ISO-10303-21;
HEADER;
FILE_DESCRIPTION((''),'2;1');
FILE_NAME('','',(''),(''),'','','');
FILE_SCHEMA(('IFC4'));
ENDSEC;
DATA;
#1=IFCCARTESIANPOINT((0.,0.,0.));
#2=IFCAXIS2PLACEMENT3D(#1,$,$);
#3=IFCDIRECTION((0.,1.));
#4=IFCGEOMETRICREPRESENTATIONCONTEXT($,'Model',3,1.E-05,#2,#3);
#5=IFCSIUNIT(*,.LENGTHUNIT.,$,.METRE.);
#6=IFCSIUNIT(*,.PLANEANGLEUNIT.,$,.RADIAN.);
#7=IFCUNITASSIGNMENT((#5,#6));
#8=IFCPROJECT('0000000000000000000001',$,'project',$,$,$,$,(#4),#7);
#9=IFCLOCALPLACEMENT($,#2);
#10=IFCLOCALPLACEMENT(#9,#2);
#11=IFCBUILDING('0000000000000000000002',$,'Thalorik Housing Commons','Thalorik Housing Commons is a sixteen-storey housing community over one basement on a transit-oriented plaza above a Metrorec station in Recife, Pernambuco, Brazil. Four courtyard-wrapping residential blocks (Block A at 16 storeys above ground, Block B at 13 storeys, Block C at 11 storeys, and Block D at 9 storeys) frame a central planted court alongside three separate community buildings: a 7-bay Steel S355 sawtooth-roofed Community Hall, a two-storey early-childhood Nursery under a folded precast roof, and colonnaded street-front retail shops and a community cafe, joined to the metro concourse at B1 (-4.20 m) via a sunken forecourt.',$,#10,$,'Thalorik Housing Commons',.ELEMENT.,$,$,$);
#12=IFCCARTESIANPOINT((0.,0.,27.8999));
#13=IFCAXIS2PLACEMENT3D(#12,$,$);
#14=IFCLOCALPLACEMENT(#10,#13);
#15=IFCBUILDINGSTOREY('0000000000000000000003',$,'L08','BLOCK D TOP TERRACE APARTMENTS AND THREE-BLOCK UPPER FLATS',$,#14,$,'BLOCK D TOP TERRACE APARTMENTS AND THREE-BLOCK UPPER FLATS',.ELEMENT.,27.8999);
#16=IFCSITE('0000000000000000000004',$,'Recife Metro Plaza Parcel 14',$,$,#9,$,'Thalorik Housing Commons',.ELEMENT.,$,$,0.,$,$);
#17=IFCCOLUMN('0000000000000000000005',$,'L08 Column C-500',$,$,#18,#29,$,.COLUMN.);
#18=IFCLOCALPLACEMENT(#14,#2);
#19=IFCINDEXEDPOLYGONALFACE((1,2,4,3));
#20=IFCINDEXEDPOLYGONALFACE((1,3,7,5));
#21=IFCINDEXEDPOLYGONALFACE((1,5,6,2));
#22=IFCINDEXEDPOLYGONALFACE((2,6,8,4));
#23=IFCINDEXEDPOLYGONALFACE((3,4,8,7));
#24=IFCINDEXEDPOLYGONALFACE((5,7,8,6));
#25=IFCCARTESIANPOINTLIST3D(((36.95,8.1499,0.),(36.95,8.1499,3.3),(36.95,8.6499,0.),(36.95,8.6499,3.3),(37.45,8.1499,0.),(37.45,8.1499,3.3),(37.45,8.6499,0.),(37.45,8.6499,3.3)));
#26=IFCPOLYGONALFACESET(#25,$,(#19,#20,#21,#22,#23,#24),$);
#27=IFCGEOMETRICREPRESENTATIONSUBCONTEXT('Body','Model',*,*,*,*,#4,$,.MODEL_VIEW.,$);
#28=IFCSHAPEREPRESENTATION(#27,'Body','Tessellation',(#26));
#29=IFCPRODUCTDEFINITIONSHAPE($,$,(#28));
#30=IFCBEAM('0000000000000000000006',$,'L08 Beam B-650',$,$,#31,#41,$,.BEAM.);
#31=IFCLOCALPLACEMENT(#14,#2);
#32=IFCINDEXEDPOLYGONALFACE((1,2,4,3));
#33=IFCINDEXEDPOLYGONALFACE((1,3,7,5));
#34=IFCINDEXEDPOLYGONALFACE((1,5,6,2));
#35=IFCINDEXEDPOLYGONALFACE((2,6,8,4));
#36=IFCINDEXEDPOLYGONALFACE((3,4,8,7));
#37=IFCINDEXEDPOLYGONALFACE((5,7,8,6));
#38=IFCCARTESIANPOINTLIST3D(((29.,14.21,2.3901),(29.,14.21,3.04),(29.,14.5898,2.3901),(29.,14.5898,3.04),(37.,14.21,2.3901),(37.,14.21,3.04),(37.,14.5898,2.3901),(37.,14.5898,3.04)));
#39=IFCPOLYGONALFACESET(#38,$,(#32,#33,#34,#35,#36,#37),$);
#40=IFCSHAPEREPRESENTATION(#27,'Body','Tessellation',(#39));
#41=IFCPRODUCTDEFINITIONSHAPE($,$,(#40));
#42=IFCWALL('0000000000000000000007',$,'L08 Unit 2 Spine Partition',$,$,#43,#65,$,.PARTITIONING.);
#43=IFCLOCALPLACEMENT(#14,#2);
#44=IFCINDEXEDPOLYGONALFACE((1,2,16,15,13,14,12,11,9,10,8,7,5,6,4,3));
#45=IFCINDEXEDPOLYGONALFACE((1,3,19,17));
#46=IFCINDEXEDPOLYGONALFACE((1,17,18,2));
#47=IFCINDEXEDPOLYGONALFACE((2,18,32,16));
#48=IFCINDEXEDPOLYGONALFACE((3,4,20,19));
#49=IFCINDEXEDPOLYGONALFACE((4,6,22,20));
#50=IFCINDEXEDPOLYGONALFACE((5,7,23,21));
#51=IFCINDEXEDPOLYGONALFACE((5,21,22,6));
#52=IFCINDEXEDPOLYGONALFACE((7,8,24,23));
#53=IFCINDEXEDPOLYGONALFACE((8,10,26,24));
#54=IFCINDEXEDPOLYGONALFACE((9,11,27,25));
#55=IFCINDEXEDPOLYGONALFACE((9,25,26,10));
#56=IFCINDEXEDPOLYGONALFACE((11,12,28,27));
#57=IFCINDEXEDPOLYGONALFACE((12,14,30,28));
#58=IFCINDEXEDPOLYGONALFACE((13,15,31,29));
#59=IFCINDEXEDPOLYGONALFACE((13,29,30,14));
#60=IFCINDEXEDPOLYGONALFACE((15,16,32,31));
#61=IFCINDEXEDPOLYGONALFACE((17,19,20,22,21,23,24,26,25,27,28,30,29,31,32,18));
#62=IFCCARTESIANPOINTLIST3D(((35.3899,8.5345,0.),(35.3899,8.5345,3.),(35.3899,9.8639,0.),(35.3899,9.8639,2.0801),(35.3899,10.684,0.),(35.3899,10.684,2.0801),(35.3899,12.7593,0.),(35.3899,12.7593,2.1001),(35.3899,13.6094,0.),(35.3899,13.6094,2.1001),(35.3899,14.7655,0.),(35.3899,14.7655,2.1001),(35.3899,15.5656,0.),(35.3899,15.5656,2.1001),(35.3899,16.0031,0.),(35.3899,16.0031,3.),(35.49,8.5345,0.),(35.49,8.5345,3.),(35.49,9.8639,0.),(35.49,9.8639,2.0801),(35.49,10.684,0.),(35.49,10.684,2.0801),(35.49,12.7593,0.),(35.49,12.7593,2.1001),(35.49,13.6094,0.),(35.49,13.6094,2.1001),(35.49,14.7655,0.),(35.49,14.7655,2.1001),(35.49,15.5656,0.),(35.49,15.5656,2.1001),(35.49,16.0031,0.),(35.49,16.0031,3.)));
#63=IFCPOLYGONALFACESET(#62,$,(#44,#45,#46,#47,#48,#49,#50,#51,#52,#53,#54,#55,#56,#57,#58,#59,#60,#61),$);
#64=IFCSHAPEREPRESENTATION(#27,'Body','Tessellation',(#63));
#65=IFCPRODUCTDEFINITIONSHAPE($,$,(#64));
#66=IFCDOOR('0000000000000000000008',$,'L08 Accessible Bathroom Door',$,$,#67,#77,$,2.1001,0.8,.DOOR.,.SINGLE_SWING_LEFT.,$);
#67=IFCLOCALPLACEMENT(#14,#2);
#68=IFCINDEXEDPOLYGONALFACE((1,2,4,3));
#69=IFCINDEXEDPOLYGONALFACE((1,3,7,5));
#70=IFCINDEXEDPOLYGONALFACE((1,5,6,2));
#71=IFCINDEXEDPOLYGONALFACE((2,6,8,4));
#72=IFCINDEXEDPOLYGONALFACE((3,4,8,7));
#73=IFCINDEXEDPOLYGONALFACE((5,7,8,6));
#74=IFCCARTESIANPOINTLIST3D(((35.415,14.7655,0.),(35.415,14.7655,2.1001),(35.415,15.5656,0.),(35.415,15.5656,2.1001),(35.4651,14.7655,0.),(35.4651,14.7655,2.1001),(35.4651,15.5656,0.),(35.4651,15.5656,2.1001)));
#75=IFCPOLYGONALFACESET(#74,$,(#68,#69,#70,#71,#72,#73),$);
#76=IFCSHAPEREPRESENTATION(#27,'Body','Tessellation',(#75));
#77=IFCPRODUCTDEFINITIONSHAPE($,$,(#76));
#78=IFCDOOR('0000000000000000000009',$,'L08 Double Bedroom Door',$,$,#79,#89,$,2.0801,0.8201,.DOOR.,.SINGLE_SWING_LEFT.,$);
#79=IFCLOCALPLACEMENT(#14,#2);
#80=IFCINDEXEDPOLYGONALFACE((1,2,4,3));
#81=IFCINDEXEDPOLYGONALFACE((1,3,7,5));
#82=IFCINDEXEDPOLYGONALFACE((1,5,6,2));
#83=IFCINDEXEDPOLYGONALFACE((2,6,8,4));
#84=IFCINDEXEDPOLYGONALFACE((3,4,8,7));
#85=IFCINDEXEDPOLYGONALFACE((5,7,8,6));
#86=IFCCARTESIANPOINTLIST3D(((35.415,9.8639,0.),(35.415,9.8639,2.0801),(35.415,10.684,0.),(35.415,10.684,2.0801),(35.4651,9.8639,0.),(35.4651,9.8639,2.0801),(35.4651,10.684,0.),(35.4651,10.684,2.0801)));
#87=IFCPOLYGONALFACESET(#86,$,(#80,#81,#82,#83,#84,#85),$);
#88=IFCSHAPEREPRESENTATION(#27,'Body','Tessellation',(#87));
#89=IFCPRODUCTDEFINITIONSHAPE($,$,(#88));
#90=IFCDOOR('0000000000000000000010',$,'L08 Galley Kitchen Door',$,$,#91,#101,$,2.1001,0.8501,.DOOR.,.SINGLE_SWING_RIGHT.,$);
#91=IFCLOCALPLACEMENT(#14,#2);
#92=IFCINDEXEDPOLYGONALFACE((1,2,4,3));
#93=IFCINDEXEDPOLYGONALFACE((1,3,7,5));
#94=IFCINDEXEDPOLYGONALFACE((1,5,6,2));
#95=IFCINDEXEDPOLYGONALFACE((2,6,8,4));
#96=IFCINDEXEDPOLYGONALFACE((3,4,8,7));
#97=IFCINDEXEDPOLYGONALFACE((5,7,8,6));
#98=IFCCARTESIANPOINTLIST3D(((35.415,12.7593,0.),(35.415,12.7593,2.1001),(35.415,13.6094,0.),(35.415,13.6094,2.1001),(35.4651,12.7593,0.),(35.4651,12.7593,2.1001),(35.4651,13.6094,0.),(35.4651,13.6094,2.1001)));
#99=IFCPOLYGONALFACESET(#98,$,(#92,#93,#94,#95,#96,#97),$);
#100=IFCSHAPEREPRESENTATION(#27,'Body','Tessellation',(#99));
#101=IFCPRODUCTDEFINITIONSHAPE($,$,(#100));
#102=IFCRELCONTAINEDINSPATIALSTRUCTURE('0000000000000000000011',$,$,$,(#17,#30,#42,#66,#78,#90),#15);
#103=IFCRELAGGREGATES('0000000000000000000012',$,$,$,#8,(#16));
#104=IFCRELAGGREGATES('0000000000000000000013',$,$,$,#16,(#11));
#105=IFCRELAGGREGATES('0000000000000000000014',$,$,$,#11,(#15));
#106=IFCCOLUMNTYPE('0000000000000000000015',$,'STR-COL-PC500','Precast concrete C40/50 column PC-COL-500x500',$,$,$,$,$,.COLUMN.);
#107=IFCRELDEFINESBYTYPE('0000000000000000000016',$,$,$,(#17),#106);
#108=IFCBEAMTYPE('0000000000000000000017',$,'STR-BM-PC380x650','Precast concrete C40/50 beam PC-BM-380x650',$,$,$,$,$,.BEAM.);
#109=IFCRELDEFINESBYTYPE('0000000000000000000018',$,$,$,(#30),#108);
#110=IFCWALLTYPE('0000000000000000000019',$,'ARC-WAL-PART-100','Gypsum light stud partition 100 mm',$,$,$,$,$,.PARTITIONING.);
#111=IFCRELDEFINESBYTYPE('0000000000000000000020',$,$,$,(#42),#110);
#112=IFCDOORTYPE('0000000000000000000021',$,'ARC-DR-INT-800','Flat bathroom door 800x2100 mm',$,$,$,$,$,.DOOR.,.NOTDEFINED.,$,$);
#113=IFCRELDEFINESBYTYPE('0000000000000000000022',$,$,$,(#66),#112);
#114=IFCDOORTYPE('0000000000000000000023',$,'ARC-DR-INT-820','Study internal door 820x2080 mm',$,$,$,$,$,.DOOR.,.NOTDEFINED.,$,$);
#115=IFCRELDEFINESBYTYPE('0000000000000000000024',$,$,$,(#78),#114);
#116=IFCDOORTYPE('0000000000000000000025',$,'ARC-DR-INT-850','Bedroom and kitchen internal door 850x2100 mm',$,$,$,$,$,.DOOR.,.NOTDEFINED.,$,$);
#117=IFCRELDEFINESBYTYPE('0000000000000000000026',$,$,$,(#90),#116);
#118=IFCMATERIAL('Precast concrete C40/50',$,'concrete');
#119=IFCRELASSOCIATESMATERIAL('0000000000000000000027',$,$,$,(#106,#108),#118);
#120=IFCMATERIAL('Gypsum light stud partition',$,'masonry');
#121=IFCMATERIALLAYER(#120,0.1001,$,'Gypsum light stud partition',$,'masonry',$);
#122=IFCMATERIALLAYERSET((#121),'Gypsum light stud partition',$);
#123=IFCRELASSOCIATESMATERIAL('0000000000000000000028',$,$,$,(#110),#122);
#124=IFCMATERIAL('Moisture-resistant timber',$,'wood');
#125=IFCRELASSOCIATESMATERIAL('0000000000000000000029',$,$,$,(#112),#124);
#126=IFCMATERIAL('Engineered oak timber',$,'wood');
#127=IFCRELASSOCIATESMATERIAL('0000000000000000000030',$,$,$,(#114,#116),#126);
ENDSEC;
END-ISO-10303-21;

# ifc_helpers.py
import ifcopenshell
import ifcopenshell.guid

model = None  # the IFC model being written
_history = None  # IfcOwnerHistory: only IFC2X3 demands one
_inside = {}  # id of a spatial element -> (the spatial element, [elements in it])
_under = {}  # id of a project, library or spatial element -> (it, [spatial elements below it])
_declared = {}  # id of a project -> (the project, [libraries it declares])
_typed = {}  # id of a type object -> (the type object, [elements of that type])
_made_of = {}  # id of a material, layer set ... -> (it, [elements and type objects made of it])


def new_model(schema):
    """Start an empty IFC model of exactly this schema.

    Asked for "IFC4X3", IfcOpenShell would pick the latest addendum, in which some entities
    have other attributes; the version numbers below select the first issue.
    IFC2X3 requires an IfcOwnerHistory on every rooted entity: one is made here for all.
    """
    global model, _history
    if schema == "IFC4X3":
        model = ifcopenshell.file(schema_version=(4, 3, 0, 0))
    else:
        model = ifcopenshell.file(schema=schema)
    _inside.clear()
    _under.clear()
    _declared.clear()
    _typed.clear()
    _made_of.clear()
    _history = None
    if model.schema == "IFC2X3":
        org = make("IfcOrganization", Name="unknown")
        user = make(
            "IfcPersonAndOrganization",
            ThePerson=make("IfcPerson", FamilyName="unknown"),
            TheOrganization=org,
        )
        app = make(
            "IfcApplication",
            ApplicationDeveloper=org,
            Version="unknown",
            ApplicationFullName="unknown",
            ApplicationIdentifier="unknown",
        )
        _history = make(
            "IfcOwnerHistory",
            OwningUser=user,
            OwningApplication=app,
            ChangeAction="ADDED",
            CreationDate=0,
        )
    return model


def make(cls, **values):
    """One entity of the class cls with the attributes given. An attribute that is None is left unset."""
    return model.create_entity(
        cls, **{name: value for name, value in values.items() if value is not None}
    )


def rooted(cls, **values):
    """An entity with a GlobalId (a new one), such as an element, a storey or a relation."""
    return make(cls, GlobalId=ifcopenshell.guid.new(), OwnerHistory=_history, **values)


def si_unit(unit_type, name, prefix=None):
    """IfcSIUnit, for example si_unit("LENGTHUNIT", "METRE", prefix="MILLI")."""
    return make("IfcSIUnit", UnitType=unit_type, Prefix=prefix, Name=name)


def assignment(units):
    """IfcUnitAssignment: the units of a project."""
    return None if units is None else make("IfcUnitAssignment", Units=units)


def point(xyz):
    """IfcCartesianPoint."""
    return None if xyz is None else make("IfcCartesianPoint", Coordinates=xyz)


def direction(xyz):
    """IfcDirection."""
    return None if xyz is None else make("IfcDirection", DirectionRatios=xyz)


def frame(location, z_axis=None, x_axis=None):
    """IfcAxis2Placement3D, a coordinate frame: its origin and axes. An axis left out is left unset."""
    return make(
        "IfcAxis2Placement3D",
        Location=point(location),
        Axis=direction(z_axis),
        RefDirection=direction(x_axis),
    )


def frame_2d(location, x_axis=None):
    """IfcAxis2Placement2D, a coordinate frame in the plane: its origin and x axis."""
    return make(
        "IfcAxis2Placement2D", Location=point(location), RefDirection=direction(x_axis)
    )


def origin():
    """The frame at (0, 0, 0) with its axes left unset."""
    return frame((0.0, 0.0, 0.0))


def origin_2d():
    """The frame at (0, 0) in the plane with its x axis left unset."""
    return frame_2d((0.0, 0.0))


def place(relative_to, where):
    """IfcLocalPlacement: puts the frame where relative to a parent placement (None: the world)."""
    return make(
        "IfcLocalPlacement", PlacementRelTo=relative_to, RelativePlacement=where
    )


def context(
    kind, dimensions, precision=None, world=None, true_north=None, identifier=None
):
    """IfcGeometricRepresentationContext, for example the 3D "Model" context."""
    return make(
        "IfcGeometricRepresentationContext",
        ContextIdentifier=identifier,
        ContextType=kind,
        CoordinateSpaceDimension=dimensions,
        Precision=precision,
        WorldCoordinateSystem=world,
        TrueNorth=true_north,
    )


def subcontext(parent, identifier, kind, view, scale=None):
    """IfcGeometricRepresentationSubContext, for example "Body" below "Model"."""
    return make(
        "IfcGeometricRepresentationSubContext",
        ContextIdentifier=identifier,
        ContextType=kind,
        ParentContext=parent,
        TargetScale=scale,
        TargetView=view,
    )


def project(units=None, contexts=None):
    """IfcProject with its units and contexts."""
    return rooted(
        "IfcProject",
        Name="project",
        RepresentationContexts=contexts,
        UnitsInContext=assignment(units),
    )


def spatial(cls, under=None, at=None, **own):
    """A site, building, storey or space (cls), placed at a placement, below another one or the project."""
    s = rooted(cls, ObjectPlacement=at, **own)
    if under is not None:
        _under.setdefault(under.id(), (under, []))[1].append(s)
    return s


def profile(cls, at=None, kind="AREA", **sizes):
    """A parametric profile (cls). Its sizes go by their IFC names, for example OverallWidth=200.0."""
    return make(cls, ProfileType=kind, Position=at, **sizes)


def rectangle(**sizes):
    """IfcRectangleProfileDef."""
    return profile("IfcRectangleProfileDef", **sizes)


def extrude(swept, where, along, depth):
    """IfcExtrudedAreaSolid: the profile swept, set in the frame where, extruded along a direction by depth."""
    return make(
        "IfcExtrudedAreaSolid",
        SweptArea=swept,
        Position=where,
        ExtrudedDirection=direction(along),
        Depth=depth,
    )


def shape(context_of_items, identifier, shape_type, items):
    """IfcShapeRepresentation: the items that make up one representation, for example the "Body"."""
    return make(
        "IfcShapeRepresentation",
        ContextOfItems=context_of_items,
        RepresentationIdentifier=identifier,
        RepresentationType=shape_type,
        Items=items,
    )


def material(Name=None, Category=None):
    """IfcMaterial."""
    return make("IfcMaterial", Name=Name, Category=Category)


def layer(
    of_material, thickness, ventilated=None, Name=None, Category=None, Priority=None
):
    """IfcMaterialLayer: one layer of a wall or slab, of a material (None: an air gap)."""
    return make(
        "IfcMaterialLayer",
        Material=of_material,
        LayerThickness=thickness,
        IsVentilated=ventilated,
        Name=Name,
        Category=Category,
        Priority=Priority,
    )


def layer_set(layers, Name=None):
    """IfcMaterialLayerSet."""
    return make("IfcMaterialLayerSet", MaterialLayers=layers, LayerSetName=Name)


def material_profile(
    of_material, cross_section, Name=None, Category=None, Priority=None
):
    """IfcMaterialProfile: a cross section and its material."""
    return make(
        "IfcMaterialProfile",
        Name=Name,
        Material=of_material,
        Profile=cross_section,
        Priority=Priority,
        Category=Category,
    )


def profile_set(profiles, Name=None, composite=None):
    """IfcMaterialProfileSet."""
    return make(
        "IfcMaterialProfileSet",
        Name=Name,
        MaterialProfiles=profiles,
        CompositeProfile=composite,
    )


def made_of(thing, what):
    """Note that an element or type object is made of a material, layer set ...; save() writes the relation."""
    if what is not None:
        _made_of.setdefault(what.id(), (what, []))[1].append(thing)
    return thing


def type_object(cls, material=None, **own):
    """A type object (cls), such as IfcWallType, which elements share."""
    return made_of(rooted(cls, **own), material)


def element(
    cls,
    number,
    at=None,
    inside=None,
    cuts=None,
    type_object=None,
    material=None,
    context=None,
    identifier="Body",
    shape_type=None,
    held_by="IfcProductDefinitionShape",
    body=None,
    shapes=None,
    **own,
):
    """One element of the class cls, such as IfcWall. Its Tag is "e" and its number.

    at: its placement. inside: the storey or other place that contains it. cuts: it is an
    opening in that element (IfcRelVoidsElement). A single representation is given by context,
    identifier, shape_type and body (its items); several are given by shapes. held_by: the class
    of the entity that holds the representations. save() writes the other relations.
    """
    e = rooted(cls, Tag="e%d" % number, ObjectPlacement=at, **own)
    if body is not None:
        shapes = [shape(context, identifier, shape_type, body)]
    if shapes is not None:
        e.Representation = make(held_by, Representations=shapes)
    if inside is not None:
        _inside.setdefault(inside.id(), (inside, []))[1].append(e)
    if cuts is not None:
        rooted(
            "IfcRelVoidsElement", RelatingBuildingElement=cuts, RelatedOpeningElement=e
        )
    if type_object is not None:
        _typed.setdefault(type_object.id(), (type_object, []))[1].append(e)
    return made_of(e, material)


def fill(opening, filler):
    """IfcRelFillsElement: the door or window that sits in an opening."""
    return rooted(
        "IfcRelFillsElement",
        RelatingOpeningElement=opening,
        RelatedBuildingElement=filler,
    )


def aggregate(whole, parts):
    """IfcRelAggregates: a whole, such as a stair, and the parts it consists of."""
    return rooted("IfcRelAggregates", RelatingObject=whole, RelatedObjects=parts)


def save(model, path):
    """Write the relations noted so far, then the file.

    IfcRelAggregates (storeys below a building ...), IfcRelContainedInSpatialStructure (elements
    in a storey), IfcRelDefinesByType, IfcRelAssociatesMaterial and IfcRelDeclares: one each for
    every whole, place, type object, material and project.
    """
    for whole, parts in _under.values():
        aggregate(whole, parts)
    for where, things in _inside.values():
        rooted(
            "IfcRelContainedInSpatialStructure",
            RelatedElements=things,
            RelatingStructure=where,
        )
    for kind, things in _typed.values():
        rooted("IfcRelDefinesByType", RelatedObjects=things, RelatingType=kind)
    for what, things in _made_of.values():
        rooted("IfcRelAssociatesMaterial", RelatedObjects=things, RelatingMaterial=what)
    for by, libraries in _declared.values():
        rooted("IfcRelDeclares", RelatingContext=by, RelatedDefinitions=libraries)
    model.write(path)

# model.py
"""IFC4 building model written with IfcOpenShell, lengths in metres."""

from ifc_helpers import new_model, si_unit, direction, frame, frame_2d, origin, origin_2d, place, context, subcontext, project, spatial, rectangle, extrude, material, layer, layer_set, material_profile, profile_set, type_object, element, fill, save


model = new_model("IFC4")

# Units and contexts
model_context = context("Model", 3, precision=1e-05, world=origin(), true_north=direction((0.0, 1.0)))
body_context = subcontext(model_context, "Body", "Model", "MODEL_VIEW")
ifc_project = project(units=[si_unit("LENGTHUNIT", "METRE"), si_unit("PLANEANGLEUNIT", "RADIAN")], contexts=[model_context])

# Site, building, storey
site_placement = place(None, origin())
site = spatial("IfcSite", under=ifc_project, at=site_placement, Name="Recife Metro Plaza Parcel 14", LongName="Thalorik Housing Commons", CompositionType="ELEMENT", RefElevation=0.0)
building_placement = place(site_placement, origin())
building = spatial("IfcBuilding", under=site, at=building_placement, Name="Thalorik Housing Commons", Description="Thalorik Housing Commons is a sixteen-storey housing community over one basement on a transit-oriented plaza above a Metrorec station in Recife, Pernambuco, Brazil. Four courtyard-wrapping residential blocks (Block A at 16 storeys above ground, Block B at 13 storeys, Block C at 11 storeys, and Block D at 9 storeys) frame a central planted court alongside three separate community buildings: a 7-bay Steel S355 sawtooth-roofed Community Hall, a two-storey early-childhood Nursery under a folded precast roof, and colonnaded street-front retail shops and a community cafe, joined to the metro concourse at B1 (-4.20 m) via a sunken forecourt.", LongName="Thalorik Housing Commons", CompositionType="ELEMENT")
storey_placement = place(building_placement, frame((0.0, 0.0, 27.8999)))
storey = spatial("IfcBuildingStorey", under=building, at=storey_placement, Name="L08", Description="BLOCK D TOP TERRACE APARTMENTS AND THREE-BLOCK UPPER FLATS", LongName="BLOCK D TOP TERRACE APARTMENTS AND THREE-BLOCK UPPER FLATS", CompositionType="ELEMENT", Elevation=27.8999)

# Column
ifc_material_1 = material(Name="Precast concrete C40/50", Category="concrete")
ifc_material_profile_1 = material_profile(ifc_material_1, rectangle(XDim=0.5, YDim=0.5, at=origin_2d()), Name="PC 500x500", Category="concrete")
ifc_profile_set_1 = profile_set([ifc_material_profile_1], Name="Precast concrete C40/50")
column_type = type_object("IfcColumnType", Name="STR-COL-PC500", Description="Precast concrete C40/50 column PC-COL-500x500", PredefinedType="COLUMN", material=ifc_profile_set_1)
column_placement = place(storey_placement, frame((37.2, 8.3999, 0.0), z_axis=(0.0, 0.0, 1.0), x_axis=(1.0, 0.0, 0.0)))
element("IfcColumn", 1, at=column_placement, inside=storey, type_object=column_type, Name="L08 Column C-500", PredefinedType="COLUMN", context=body_context, shape_type="SweptSolid", body=[
    extrude(rectangle(XDim=0.5, YDim=0.5, at=origin_2d()), origin(), (0.0, 0.0, 1.0), 3.3),
])

# Beam
ifc_material_profile_2 = material_profile(ifc_material_1, rectangle(XDim=0.3799, YDim=0.6499, at=origin_2d()), Name="PC 380x650", Category="concrete")
ifc_profile_set_2 = profile_set([ifc_material_profile_2], Name="Precast concrete C40/50")
beam_type = type_object("IfcBeamType", Name="STR-BM-PC380x650", Description="Precast concrete C40/50 beam PC-BM-380x650", PredefinedType="BEAM", material=ifc_profile_set_2)
beam_placement = place(storey_placement, frame((29.0, 14.3999, 2.7151), z_axis=(1.0, 0.0, 0.0), x_axis=(0.0, 1.0, 0.0)))
element("IfcBeam", 2, at=beam_placement, inside=storey, type_object=beam_type, Name="L08 Beam B-650", PredefinedType="BEAM", context=body_context, shape_type="SweptSolid", body=[
    extrude(rectangle(XDim=0.3799, YDim=0.6499, at=origin_2d()), origin(), (0.0, 0.0, 1.0), 8.0),
])

# Wall, openings, doors
ifc_material_2 = material(Name="Gypsum light stud partition", Category="masonry")
ifc_layer_1 = layer(ifc_material_2, 0.1001, Name="Gypsum light stud partition", Category="masonry")
ifc_layer_set_1 = layer_set([ifc_layer_1], Name="Gypsum light stud partition")
wall_type_1 = type_object("IfcWallType", Name="ARC-WAL-PART-100", Description="Gypsum light stud partition 100 mm", PredefinedType="PARTITIONING", material=ifc_layer_set_1)
wall_1_placement = place(storey_placement, frame((35.4399, 8.5344, 0.0), z_axis=(0.0, 0.0, 1.0), x_axis=(0.0, 1.0, 0.0)))
wall_1 = element("IfcWall", 3, at=wall_1_placement, inside=storey, type_object=wall_type_1, Name="L08 Unit 2 Spine Partition", PredefinedType="PARTITIONING", context=body_context, shape_type="SweptSolid", body=[
    extrude(rectangle(XDim=7.4685, YDim=0.1001, at=frame_2d((3.7344, 0.0))), origin(), (0.0, 0.0, 1.0), 3.0),
])
opening_1_placement = place(wall_1_placement, frame((1.3293, 0.0, 0.0)))
opening_1 = element("IfcOpeningElement", 4, at=opening_1_placement, cuts=wall_1, PredefinedType="OPENING", context=body_context, shape_type="SweptSolid", body=[
    extrude(rectangle(XDim=0.8201, YDim=2.0801, at=frame_2d((0.4102, 1.04))), frame((0.0, 0.0601, 0.0), z_axis=(0.0, -1.0, 0.0), x_axis=(1.0, 0.0, 0.0)), (0.0, 0.0, 1.0), 0.1201),
])
opening_2_placement = place(wall_1_placement, frame((4.2249, 0.0, 0.0)))
opening_2 = element("IfcOpeningElement", 5, at=opening_2_placement, cuts=wall_1, PredefinedType="OPENING", context=body_context, shape_type="SweptSolid", body=[
    extrude(rectangle(XDim=0.8501, YDim=2.1001, at=frame_2d((0.425, 1.05))), frame((0.0, 0.0601, 0.0), z_axis=(0.0, -1.0, 0.0), x_axis=(1.0, 0.0, 0.0)), (0.0, 0.0, 1.0), 0.1201),
])
opening_3_placement = place(wall_1_placement, frame((6.2312, 0.0, 0.0)))
opening_3 = element("IfcOpeningElement", 6, at=opening_3_placement, cuts=wall_1, PredefinedType="OPENING", context=body_context, shape_type="SweptSolid", body=[
    extrude(rectangle(XDim=0.8, YDim=2.1001, at=frame_2d((0.3999, 1.05))), frame((0.0, 0.0601, 0.0), z_axis=(0.0, -1.0, 0.0), x_axis=(1.0, 0.0, 0.0)), (0.0, 0.0, 1.0), 0.1201),
])
ifc_material_3 = material(Name="Moisture-resistant timber", Category="wood")
door_type_1 = type_object("IfcDoorType", Name="ARC-DR-INT-800", Description="Flat bathroom door 800x2100 mm", OperationType="NOTDEFINED", PredefinedType="DOOR", material=ifc_material_3)
door_1_placement = place(opening_3_placement, origin())
door_1 = element("IfcDoor", 7, at=door_1_placement, inside=storey, type_object=door_type_1, Name="L08 Accessible Bathroom Door", OperationType="SINGLE_SWING_LEFT", OverallHeight=2.1001, OverallWidth=0.8, PredefinedType="DOOR", context=body_context, shape_type="SweptSolid", body=[
    extrude(rectangle(XDim=0.8, YDim=2.1001, at=frame_2d((0.3999, 1.05))), frame((0.0, 0.0249, 0.0), z_axis=(0.0, -1.0, 0.0), x_axis=(1.0, 0.0, 0.0)), (0.0, 0.0, 1.0), 0.05),
])
fill(opening_3, door_1)
ifc_material_4 = material(Name="Engineered oak timber", Category="wood")
door_type_2 = type_object("IfcDoorType", Name="ARC-DR-INT-820", Description="Study internal door 820x2080 mm", OperationType="NOTDEFINED", PredefinedType="DOOR", material=ifc_material_4)
door_2_placement = place(opening_1_placement, origin())
door_2 = element("IfcDoor", 8, at=door_2_placement, inside=storey, type_object=door_type_2, Name="L08 Double Bedroom Door", OperationType="SINGLE_SWING_LEFT", OverallHeight=2.0801, OverallWidth=0.8201, PredefinedType="DOOR", context=body_context, shape_type="SweptSolid", body=[
    extrude(rectangle(XDim=0.8201, YDim=2.0801, at=frame_2d((0.4102, 1.04))), frame((0.0, 0.0249, 0.0), z_axis=(0.0, -1.0, 0.0), x_axis=(1.0, 0.0, 0.0)), (0.0, 0.0, 1.0), 0.05),
])
fill(opening_1, door_2)
door_type_3 = type_object("IfcDoorType", Name="ARC-DR-INT-850", Description="Bedroom and kitchen internal door 850x2100 mm", OperationType="NOTDEFINED", PredefinedType="DOOR", material=ifc_material_4)
door_3_placement = place(opening_2_placement, origin())
door_3 = element("IfcDoor", 9, at=door_3_placement, inside=storey, type_object=door_type_3, Name="L08 Galley Kitchen Door", OperationType="SINGLE_SWING_RIGHT", OverallHeight=2.1001, OverallWidth=0.8501, PredefinedType="DOOR", context=body_context, shape_type="SweptSolid", body=[
    extrude(rectangle(XDim=0.8501, YDim=2.1001, at=frame_2d((0.425, 1.05))), frame((0.0, 0.0249, 0.0), z_axis=(0.0, -1.0, 0.0), x_axis=(1.0, 0.0, 0.0)), (0.0, 0.0, 1.0), 0.05),
])
fill(opening_2, door_3)

save(model, "model.ifc")
